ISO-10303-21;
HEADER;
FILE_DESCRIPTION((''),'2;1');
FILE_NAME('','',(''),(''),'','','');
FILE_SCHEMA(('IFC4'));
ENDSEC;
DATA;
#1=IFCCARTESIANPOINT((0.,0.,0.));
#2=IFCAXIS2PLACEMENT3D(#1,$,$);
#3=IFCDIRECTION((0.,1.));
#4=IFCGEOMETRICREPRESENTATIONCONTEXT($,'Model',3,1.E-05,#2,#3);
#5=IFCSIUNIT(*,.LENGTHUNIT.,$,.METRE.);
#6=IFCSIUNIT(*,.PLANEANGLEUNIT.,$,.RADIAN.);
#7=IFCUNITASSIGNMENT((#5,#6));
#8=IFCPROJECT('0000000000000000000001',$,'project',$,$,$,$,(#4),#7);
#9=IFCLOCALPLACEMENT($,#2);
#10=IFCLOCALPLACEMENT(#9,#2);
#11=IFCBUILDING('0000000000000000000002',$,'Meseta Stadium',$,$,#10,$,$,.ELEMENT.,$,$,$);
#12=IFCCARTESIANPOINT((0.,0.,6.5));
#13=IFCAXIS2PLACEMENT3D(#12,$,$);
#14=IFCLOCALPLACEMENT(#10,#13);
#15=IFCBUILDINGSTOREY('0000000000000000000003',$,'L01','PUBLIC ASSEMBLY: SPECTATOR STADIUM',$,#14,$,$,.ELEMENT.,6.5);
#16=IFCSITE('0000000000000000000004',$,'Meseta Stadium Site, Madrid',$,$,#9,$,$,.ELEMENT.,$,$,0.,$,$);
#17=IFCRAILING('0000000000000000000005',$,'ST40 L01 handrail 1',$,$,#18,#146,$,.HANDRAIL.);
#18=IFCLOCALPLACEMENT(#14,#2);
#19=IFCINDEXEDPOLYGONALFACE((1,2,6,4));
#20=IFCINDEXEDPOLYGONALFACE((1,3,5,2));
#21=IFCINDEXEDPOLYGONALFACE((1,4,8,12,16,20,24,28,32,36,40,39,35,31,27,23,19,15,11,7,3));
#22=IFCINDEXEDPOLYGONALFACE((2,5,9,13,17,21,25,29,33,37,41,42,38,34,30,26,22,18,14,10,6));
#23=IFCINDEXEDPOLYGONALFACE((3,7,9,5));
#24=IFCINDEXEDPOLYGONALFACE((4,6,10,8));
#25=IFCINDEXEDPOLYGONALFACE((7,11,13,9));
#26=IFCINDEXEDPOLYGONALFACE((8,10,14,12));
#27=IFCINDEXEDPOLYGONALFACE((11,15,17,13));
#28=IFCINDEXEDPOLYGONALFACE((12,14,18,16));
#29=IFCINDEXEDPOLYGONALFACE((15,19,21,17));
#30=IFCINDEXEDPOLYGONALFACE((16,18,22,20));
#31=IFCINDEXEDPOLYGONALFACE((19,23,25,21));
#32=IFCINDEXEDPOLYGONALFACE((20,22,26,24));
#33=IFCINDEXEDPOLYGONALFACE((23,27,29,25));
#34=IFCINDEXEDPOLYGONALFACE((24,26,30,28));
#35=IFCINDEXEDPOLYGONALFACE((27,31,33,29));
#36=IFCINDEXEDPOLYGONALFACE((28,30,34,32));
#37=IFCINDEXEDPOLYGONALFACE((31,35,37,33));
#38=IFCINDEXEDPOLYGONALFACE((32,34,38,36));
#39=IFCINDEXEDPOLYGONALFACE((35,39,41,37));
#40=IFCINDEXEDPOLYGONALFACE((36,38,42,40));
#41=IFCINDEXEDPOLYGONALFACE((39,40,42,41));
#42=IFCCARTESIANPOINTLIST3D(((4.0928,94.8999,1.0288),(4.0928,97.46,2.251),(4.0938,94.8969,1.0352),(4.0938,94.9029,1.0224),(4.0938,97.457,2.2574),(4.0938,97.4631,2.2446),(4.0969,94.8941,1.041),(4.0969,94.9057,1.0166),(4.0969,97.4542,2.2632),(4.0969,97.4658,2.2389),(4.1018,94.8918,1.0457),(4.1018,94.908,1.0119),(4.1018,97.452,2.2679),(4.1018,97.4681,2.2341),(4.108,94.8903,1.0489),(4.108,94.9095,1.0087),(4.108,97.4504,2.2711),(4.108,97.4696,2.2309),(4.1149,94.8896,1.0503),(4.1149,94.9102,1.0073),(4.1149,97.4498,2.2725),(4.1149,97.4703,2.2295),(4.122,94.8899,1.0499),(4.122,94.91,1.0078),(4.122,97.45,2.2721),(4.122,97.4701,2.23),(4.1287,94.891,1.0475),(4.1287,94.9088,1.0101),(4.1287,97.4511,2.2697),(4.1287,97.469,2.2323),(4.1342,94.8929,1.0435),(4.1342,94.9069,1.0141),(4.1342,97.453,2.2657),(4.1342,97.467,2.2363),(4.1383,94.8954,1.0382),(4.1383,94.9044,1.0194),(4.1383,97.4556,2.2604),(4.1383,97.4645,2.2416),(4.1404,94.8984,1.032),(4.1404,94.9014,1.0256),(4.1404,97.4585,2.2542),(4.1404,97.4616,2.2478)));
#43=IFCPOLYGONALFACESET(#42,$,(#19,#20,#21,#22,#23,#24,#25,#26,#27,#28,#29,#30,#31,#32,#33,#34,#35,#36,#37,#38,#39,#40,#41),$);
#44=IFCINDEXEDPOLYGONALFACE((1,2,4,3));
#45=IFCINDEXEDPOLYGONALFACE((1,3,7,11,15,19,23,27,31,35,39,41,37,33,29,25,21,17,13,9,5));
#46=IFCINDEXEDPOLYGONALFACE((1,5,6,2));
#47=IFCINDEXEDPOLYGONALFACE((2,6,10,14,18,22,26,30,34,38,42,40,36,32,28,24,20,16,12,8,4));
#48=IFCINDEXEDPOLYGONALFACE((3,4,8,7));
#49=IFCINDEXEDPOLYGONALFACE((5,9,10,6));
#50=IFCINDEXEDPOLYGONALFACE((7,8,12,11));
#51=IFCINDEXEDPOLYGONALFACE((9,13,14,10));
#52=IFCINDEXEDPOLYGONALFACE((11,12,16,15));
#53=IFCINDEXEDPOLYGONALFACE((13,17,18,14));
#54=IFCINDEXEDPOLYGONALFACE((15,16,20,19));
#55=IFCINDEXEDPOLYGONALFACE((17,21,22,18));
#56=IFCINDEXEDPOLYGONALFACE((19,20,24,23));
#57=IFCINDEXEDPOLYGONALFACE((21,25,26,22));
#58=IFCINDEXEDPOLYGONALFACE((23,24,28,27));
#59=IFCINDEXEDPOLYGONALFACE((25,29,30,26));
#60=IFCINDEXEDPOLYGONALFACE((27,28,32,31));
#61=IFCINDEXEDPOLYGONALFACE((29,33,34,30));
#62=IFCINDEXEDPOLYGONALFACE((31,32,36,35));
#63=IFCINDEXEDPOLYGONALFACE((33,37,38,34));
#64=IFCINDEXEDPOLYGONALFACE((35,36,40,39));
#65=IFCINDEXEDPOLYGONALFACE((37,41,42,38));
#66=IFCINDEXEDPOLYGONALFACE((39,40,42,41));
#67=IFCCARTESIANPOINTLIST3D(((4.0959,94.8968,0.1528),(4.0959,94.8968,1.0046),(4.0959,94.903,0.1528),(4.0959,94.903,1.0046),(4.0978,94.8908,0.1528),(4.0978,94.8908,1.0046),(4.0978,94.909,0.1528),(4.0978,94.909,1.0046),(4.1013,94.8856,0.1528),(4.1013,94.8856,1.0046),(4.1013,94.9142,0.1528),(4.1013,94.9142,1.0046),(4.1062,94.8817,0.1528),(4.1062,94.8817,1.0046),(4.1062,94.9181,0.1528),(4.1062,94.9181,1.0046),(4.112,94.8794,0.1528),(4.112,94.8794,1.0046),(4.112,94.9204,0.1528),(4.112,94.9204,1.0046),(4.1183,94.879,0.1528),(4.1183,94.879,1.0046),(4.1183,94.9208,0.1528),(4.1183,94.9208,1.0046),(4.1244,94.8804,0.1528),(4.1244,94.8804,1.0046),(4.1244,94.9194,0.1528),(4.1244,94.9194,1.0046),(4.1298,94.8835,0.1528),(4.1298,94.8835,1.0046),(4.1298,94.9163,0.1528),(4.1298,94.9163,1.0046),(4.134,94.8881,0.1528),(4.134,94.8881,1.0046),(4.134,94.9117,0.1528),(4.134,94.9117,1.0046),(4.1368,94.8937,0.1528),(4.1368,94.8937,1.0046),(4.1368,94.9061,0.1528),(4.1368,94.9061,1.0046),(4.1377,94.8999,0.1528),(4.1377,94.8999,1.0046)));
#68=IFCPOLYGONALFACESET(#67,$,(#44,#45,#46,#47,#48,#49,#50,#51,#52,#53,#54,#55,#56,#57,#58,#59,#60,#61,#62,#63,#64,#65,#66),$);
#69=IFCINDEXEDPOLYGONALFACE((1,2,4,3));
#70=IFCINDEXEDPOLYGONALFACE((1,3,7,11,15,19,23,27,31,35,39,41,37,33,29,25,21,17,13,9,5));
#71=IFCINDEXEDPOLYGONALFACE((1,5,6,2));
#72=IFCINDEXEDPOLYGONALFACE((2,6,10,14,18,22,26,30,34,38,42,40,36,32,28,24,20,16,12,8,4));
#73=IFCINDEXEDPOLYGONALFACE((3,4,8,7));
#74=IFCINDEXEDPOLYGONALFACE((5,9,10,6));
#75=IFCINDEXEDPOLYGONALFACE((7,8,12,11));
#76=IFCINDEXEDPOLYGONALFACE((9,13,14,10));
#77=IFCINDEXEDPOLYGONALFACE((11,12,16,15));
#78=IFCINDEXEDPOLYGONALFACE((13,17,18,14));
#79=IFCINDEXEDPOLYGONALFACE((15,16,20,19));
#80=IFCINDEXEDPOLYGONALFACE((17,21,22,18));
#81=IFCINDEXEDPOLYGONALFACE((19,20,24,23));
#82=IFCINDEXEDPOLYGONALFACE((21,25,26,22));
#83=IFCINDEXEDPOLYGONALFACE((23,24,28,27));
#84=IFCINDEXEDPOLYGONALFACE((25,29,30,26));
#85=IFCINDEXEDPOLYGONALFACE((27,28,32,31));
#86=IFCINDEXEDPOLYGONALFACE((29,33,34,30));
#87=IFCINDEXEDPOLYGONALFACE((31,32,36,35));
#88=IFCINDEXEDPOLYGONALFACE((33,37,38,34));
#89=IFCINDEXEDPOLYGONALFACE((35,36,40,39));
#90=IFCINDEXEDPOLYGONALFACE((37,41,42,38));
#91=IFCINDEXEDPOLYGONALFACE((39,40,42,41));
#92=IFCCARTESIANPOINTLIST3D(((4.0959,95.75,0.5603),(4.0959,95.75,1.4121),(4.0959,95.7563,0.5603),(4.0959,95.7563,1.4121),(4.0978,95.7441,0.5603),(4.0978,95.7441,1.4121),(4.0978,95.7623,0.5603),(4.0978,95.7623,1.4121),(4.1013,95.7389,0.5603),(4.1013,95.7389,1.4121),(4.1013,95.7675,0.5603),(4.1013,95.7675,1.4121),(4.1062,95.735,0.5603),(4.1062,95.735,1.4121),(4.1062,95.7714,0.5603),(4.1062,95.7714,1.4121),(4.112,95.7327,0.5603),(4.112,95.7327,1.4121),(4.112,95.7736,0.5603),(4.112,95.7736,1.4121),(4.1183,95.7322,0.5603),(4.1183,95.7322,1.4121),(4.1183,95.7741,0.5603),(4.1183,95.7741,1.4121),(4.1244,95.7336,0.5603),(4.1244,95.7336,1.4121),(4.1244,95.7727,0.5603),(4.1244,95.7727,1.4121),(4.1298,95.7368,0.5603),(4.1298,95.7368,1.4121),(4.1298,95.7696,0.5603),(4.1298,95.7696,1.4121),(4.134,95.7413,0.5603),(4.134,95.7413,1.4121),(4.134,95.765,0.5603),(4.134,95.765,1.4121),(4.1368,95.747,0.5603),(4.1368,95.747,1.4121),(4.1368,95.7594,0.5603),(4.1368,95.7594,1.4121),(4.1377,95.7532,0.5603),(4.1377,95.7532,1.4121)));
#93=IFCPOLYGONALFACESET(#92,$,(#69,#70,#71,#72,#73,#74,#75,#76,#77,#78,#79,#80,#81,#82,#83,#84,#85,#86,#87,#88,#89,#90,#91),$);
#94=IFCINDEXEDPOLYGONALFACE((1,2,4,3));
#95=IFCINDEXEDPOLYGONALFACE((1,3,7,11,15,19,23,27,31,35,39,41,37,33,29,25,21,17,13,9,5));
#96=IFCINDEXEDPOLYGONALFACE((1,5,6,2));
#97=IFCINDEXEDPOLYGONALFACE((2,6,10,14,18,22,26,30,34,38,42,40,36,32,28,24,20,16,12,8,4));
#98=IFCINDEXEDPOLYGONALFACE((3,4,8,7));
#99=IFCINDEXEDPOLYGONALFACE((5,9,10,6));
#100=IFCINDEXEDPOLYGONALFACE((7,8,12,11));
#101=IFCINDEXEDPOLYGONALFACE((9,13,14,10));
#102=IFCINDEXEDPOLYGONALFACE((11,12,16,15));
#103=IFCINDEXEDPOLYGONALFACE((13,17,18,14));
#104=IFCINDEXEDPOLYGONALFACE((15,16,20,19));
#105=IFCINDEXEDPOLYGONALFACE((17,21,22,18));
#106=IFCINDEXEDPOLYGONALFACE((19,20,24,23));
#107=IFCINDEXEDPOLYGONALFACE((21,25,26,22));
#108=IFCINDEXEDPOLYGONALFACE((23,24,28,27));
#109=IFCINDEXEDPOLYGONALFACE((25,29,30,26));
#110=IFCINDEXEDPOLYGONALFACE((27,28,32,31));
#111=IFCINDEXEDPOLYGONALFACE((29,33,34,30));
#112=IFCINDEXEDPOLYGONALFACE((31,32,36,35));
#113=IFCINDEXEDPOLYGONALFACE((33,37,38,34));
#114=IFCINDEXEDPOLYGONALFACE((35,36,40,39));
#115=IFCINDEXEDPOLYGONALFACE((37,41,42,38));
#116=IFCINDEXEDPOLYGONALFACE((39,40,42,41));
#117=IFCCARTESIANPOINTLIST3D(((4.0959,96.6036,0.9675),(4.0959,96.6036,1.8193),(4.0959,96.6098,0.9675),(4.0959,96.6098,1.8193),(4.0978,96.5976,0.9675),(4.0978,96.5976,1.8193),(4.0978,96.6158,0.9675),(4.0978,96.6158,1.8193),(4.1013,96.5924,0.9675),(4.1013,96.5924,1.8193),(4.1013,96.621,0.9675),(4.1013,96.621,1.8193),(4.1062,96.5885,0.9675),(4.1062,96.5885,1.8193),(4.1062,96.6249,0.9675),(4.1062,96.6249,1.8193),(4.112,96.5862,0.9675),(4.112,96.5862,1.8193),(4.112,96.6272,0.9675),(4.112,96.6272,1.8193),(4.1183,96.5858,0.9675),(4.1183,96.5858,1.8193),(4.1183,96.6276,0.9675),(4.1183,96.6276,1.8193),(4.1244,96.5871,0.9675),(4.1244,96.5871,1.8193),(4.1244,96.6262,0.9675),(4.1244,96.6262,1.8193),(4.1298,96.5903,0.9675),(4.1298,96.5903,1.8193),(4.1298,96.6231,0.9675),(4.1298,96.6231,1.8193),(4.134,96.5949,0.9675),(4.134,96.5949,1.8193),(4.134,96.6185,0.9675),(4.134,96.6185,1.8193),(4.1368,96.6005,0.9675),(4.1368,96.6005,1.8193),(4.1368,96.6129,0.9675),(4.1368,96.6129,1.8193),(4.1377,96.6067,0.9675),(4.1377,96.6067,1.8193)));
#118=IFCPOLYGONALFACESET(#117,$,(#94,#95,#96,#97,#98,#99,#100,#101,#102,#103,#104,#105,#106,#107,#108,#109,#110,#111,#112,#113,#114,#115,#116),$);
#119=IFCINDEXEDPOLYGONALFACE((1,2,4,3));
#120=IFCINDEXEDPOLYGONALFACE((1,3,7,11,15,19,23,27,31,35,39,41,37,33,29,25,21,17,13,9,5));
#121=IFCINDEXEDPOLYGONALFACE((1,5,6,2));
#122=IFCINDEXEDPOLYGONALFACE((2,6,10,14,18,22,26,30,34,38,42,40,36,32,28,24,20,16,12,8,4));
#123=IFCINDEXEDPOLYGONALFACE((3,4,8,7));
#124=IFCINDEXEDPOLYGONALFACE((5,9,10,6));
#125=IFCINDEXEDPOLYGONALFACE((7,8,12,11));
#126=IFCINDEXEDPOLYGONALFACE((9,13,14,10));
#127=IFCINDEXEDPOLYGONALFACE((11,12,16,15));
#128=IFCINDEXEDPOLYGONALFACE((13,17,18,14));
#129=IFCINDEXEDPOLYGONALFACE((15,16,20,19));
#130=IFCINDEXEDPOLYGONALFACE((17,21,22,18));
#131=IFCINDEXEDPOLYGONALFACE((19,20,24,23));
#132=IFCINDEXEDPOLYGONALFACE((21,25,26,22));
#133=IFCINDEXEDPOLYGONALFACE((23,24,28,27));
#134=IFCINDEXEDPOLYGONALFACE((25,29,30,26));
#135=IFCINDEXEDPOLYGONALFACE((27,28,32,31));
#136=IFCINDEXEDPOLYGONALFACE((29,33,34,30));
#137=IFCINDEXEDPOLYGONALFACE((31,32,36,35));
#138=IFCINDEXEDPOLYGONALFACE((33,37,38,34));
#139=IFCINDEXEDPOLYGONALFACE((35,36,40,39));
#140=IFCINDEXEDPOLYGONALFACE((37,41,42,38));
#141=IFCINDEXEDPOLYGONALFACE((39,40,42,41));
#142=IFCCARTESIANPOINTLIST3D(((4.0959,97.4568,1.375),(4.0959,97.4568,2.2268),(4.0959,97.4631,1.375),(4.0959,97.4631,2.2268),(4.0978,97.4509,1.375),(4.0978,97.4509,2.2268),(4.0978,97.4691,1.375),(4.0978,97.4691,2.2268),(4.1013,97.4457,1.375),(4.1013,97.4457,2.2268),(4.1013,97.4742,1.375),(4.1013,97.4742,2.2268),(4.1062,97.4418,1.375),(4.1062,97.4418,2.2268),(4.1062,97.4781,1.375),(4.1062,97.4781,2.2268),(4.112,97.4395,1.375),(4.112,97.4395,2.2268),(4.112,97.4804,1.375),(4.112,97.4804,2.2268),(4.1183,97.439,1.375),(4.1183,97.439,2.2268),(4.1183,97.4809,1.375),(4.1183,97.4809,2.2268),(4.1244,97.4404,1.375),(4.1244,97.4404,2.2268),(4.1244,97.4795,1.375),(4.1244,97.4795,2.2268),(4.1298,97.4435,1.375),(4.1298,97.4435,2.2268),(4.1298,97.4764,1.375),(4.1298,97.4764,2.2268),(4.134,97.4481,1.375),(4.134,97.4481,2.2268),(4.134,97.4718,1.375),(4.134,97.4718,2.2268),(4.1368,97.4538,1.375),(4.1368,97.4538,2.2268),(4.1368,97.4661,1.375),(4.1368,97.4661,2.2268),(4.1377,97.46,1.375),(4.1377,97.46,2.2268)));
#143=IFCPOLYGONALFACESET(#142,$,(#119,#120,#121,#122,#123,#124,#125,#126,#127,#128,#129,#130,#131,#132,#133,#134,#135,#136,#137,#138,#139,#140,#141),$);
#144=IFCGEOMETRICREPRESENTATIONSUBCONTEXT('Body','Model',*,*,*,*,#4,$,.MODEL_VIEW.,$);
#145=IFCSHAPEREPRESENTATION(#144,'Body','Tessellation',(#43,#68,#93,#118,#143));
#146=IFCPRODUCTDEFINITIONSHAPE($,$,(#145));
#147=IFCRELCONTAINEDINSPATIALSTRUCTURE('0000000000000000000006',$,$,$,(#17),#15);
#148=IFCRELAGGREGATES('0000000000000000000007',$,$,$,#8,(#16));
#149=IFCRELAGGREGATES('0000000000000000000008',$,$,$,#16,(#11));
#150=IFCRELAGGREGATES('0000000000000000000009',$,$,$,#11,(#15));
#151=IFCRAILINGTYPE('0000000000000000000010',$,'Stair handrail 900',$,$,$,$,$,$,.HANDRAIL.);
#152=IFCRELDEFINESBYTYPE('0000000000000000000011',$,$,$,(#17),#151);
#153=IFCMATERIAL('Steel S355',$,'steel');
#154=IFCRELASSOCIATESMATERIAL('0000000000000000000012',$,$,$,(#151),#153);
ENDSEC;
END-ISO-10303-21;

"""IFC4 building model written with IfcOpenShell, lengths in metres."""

from ifc_helpers import new_model, si_unit, direction, frame, origin, origin_2d, place, context, subcontext, project, spatial, circle, extrude, material, type_object, element, save


model = new_model("IFC4")

# Units and contexts
model_context = context("Model", 3, precision=1e-05, world=origin(), true_north=direction((0.0, 1.0)))
body_context = subcontext(model_context, "Body", "Model", "MODEL_VIEW")
ifc_project = project(units=[si_unit("LENGTHUNIT", "METRE"), si_unit("PLANEANGLEUNIT", "RADIAN")], contexts=[model_context])

# Site, building, storey
site_placement = place(None, origin())
site = spatial("IfcSite", under=ifc_project, at=site_placement, Name="Meseta Stadium Site, Madrid", CompositionType="ELEMENT", RefElevation=0.0)
building_placement = place(site_placement, origin())
building = spatial("IfcBuilding", under=site, at=building_placement, Name="Meseta Stadium", CompositionType="ELEMENT")
storey_placement = place(building_placement, frame((0.0, 0.0, 6.5)))
storey = spatial("IfcBuildingStorey", under=building, at=storey_placement, Name="L01", Description="PUBLIC ASSEMBLY: SPECTATOR STADIUM", CompositionType="ELEMENT", Elevation=6.5)

# Railing
ifc_material_1 = material(Name="Steel S355", Category="steel")
railing_type_1 = type_object("IfcRailingType", Name="Stair handrail 900", PredefinedType="HANDRAIL", material=ifc_material_1)
railing_1_placement = place(storey_placement, frame((4.1167, 94.8999, 0.1528)))
element("IfcRailing", 1, at=railing_1_placement, inside=storey, type_object=railing_type_1, Name="ST40 L01 handrail 1", PredefinedType="HANDRAIL", context=body_context, shape_type="SweptSolid", body=[
    extrude(circle(Radius=0.0239, at=origin_2d()), frame((0.0, 0.0, 0.876), z_axis=(0.0, 0.902437, 0.430822), x_axis=(-1.0, 0.0, 0.0)), (0.0, 0.0, 1.0), 2.8369),
    extrude(circle(Radius=0.021, at=origin_2d()), origin(), (0.0, 0.0, 1.0), 0.8518),
    extrude(circle(Radius=0.021, at=origin_2d()), frame((0.0, 0.8533, 0.4075)), (0.0, 0.0, 1.0), 0.8518),
    extrude(circle(Radius=0.021, at=origin_2d()), frame((0.0, 1.7068, 0.8147)), (0.0, 0.0, 1.0), 0.8518),
    extrude(circle(Radius=0.021, at=origin_2d()), frame((0.0, 2.5601, 1.2222)), (0.0, 0.0, 1.0), 0.8518),
])

save(model, "model.ifc")
